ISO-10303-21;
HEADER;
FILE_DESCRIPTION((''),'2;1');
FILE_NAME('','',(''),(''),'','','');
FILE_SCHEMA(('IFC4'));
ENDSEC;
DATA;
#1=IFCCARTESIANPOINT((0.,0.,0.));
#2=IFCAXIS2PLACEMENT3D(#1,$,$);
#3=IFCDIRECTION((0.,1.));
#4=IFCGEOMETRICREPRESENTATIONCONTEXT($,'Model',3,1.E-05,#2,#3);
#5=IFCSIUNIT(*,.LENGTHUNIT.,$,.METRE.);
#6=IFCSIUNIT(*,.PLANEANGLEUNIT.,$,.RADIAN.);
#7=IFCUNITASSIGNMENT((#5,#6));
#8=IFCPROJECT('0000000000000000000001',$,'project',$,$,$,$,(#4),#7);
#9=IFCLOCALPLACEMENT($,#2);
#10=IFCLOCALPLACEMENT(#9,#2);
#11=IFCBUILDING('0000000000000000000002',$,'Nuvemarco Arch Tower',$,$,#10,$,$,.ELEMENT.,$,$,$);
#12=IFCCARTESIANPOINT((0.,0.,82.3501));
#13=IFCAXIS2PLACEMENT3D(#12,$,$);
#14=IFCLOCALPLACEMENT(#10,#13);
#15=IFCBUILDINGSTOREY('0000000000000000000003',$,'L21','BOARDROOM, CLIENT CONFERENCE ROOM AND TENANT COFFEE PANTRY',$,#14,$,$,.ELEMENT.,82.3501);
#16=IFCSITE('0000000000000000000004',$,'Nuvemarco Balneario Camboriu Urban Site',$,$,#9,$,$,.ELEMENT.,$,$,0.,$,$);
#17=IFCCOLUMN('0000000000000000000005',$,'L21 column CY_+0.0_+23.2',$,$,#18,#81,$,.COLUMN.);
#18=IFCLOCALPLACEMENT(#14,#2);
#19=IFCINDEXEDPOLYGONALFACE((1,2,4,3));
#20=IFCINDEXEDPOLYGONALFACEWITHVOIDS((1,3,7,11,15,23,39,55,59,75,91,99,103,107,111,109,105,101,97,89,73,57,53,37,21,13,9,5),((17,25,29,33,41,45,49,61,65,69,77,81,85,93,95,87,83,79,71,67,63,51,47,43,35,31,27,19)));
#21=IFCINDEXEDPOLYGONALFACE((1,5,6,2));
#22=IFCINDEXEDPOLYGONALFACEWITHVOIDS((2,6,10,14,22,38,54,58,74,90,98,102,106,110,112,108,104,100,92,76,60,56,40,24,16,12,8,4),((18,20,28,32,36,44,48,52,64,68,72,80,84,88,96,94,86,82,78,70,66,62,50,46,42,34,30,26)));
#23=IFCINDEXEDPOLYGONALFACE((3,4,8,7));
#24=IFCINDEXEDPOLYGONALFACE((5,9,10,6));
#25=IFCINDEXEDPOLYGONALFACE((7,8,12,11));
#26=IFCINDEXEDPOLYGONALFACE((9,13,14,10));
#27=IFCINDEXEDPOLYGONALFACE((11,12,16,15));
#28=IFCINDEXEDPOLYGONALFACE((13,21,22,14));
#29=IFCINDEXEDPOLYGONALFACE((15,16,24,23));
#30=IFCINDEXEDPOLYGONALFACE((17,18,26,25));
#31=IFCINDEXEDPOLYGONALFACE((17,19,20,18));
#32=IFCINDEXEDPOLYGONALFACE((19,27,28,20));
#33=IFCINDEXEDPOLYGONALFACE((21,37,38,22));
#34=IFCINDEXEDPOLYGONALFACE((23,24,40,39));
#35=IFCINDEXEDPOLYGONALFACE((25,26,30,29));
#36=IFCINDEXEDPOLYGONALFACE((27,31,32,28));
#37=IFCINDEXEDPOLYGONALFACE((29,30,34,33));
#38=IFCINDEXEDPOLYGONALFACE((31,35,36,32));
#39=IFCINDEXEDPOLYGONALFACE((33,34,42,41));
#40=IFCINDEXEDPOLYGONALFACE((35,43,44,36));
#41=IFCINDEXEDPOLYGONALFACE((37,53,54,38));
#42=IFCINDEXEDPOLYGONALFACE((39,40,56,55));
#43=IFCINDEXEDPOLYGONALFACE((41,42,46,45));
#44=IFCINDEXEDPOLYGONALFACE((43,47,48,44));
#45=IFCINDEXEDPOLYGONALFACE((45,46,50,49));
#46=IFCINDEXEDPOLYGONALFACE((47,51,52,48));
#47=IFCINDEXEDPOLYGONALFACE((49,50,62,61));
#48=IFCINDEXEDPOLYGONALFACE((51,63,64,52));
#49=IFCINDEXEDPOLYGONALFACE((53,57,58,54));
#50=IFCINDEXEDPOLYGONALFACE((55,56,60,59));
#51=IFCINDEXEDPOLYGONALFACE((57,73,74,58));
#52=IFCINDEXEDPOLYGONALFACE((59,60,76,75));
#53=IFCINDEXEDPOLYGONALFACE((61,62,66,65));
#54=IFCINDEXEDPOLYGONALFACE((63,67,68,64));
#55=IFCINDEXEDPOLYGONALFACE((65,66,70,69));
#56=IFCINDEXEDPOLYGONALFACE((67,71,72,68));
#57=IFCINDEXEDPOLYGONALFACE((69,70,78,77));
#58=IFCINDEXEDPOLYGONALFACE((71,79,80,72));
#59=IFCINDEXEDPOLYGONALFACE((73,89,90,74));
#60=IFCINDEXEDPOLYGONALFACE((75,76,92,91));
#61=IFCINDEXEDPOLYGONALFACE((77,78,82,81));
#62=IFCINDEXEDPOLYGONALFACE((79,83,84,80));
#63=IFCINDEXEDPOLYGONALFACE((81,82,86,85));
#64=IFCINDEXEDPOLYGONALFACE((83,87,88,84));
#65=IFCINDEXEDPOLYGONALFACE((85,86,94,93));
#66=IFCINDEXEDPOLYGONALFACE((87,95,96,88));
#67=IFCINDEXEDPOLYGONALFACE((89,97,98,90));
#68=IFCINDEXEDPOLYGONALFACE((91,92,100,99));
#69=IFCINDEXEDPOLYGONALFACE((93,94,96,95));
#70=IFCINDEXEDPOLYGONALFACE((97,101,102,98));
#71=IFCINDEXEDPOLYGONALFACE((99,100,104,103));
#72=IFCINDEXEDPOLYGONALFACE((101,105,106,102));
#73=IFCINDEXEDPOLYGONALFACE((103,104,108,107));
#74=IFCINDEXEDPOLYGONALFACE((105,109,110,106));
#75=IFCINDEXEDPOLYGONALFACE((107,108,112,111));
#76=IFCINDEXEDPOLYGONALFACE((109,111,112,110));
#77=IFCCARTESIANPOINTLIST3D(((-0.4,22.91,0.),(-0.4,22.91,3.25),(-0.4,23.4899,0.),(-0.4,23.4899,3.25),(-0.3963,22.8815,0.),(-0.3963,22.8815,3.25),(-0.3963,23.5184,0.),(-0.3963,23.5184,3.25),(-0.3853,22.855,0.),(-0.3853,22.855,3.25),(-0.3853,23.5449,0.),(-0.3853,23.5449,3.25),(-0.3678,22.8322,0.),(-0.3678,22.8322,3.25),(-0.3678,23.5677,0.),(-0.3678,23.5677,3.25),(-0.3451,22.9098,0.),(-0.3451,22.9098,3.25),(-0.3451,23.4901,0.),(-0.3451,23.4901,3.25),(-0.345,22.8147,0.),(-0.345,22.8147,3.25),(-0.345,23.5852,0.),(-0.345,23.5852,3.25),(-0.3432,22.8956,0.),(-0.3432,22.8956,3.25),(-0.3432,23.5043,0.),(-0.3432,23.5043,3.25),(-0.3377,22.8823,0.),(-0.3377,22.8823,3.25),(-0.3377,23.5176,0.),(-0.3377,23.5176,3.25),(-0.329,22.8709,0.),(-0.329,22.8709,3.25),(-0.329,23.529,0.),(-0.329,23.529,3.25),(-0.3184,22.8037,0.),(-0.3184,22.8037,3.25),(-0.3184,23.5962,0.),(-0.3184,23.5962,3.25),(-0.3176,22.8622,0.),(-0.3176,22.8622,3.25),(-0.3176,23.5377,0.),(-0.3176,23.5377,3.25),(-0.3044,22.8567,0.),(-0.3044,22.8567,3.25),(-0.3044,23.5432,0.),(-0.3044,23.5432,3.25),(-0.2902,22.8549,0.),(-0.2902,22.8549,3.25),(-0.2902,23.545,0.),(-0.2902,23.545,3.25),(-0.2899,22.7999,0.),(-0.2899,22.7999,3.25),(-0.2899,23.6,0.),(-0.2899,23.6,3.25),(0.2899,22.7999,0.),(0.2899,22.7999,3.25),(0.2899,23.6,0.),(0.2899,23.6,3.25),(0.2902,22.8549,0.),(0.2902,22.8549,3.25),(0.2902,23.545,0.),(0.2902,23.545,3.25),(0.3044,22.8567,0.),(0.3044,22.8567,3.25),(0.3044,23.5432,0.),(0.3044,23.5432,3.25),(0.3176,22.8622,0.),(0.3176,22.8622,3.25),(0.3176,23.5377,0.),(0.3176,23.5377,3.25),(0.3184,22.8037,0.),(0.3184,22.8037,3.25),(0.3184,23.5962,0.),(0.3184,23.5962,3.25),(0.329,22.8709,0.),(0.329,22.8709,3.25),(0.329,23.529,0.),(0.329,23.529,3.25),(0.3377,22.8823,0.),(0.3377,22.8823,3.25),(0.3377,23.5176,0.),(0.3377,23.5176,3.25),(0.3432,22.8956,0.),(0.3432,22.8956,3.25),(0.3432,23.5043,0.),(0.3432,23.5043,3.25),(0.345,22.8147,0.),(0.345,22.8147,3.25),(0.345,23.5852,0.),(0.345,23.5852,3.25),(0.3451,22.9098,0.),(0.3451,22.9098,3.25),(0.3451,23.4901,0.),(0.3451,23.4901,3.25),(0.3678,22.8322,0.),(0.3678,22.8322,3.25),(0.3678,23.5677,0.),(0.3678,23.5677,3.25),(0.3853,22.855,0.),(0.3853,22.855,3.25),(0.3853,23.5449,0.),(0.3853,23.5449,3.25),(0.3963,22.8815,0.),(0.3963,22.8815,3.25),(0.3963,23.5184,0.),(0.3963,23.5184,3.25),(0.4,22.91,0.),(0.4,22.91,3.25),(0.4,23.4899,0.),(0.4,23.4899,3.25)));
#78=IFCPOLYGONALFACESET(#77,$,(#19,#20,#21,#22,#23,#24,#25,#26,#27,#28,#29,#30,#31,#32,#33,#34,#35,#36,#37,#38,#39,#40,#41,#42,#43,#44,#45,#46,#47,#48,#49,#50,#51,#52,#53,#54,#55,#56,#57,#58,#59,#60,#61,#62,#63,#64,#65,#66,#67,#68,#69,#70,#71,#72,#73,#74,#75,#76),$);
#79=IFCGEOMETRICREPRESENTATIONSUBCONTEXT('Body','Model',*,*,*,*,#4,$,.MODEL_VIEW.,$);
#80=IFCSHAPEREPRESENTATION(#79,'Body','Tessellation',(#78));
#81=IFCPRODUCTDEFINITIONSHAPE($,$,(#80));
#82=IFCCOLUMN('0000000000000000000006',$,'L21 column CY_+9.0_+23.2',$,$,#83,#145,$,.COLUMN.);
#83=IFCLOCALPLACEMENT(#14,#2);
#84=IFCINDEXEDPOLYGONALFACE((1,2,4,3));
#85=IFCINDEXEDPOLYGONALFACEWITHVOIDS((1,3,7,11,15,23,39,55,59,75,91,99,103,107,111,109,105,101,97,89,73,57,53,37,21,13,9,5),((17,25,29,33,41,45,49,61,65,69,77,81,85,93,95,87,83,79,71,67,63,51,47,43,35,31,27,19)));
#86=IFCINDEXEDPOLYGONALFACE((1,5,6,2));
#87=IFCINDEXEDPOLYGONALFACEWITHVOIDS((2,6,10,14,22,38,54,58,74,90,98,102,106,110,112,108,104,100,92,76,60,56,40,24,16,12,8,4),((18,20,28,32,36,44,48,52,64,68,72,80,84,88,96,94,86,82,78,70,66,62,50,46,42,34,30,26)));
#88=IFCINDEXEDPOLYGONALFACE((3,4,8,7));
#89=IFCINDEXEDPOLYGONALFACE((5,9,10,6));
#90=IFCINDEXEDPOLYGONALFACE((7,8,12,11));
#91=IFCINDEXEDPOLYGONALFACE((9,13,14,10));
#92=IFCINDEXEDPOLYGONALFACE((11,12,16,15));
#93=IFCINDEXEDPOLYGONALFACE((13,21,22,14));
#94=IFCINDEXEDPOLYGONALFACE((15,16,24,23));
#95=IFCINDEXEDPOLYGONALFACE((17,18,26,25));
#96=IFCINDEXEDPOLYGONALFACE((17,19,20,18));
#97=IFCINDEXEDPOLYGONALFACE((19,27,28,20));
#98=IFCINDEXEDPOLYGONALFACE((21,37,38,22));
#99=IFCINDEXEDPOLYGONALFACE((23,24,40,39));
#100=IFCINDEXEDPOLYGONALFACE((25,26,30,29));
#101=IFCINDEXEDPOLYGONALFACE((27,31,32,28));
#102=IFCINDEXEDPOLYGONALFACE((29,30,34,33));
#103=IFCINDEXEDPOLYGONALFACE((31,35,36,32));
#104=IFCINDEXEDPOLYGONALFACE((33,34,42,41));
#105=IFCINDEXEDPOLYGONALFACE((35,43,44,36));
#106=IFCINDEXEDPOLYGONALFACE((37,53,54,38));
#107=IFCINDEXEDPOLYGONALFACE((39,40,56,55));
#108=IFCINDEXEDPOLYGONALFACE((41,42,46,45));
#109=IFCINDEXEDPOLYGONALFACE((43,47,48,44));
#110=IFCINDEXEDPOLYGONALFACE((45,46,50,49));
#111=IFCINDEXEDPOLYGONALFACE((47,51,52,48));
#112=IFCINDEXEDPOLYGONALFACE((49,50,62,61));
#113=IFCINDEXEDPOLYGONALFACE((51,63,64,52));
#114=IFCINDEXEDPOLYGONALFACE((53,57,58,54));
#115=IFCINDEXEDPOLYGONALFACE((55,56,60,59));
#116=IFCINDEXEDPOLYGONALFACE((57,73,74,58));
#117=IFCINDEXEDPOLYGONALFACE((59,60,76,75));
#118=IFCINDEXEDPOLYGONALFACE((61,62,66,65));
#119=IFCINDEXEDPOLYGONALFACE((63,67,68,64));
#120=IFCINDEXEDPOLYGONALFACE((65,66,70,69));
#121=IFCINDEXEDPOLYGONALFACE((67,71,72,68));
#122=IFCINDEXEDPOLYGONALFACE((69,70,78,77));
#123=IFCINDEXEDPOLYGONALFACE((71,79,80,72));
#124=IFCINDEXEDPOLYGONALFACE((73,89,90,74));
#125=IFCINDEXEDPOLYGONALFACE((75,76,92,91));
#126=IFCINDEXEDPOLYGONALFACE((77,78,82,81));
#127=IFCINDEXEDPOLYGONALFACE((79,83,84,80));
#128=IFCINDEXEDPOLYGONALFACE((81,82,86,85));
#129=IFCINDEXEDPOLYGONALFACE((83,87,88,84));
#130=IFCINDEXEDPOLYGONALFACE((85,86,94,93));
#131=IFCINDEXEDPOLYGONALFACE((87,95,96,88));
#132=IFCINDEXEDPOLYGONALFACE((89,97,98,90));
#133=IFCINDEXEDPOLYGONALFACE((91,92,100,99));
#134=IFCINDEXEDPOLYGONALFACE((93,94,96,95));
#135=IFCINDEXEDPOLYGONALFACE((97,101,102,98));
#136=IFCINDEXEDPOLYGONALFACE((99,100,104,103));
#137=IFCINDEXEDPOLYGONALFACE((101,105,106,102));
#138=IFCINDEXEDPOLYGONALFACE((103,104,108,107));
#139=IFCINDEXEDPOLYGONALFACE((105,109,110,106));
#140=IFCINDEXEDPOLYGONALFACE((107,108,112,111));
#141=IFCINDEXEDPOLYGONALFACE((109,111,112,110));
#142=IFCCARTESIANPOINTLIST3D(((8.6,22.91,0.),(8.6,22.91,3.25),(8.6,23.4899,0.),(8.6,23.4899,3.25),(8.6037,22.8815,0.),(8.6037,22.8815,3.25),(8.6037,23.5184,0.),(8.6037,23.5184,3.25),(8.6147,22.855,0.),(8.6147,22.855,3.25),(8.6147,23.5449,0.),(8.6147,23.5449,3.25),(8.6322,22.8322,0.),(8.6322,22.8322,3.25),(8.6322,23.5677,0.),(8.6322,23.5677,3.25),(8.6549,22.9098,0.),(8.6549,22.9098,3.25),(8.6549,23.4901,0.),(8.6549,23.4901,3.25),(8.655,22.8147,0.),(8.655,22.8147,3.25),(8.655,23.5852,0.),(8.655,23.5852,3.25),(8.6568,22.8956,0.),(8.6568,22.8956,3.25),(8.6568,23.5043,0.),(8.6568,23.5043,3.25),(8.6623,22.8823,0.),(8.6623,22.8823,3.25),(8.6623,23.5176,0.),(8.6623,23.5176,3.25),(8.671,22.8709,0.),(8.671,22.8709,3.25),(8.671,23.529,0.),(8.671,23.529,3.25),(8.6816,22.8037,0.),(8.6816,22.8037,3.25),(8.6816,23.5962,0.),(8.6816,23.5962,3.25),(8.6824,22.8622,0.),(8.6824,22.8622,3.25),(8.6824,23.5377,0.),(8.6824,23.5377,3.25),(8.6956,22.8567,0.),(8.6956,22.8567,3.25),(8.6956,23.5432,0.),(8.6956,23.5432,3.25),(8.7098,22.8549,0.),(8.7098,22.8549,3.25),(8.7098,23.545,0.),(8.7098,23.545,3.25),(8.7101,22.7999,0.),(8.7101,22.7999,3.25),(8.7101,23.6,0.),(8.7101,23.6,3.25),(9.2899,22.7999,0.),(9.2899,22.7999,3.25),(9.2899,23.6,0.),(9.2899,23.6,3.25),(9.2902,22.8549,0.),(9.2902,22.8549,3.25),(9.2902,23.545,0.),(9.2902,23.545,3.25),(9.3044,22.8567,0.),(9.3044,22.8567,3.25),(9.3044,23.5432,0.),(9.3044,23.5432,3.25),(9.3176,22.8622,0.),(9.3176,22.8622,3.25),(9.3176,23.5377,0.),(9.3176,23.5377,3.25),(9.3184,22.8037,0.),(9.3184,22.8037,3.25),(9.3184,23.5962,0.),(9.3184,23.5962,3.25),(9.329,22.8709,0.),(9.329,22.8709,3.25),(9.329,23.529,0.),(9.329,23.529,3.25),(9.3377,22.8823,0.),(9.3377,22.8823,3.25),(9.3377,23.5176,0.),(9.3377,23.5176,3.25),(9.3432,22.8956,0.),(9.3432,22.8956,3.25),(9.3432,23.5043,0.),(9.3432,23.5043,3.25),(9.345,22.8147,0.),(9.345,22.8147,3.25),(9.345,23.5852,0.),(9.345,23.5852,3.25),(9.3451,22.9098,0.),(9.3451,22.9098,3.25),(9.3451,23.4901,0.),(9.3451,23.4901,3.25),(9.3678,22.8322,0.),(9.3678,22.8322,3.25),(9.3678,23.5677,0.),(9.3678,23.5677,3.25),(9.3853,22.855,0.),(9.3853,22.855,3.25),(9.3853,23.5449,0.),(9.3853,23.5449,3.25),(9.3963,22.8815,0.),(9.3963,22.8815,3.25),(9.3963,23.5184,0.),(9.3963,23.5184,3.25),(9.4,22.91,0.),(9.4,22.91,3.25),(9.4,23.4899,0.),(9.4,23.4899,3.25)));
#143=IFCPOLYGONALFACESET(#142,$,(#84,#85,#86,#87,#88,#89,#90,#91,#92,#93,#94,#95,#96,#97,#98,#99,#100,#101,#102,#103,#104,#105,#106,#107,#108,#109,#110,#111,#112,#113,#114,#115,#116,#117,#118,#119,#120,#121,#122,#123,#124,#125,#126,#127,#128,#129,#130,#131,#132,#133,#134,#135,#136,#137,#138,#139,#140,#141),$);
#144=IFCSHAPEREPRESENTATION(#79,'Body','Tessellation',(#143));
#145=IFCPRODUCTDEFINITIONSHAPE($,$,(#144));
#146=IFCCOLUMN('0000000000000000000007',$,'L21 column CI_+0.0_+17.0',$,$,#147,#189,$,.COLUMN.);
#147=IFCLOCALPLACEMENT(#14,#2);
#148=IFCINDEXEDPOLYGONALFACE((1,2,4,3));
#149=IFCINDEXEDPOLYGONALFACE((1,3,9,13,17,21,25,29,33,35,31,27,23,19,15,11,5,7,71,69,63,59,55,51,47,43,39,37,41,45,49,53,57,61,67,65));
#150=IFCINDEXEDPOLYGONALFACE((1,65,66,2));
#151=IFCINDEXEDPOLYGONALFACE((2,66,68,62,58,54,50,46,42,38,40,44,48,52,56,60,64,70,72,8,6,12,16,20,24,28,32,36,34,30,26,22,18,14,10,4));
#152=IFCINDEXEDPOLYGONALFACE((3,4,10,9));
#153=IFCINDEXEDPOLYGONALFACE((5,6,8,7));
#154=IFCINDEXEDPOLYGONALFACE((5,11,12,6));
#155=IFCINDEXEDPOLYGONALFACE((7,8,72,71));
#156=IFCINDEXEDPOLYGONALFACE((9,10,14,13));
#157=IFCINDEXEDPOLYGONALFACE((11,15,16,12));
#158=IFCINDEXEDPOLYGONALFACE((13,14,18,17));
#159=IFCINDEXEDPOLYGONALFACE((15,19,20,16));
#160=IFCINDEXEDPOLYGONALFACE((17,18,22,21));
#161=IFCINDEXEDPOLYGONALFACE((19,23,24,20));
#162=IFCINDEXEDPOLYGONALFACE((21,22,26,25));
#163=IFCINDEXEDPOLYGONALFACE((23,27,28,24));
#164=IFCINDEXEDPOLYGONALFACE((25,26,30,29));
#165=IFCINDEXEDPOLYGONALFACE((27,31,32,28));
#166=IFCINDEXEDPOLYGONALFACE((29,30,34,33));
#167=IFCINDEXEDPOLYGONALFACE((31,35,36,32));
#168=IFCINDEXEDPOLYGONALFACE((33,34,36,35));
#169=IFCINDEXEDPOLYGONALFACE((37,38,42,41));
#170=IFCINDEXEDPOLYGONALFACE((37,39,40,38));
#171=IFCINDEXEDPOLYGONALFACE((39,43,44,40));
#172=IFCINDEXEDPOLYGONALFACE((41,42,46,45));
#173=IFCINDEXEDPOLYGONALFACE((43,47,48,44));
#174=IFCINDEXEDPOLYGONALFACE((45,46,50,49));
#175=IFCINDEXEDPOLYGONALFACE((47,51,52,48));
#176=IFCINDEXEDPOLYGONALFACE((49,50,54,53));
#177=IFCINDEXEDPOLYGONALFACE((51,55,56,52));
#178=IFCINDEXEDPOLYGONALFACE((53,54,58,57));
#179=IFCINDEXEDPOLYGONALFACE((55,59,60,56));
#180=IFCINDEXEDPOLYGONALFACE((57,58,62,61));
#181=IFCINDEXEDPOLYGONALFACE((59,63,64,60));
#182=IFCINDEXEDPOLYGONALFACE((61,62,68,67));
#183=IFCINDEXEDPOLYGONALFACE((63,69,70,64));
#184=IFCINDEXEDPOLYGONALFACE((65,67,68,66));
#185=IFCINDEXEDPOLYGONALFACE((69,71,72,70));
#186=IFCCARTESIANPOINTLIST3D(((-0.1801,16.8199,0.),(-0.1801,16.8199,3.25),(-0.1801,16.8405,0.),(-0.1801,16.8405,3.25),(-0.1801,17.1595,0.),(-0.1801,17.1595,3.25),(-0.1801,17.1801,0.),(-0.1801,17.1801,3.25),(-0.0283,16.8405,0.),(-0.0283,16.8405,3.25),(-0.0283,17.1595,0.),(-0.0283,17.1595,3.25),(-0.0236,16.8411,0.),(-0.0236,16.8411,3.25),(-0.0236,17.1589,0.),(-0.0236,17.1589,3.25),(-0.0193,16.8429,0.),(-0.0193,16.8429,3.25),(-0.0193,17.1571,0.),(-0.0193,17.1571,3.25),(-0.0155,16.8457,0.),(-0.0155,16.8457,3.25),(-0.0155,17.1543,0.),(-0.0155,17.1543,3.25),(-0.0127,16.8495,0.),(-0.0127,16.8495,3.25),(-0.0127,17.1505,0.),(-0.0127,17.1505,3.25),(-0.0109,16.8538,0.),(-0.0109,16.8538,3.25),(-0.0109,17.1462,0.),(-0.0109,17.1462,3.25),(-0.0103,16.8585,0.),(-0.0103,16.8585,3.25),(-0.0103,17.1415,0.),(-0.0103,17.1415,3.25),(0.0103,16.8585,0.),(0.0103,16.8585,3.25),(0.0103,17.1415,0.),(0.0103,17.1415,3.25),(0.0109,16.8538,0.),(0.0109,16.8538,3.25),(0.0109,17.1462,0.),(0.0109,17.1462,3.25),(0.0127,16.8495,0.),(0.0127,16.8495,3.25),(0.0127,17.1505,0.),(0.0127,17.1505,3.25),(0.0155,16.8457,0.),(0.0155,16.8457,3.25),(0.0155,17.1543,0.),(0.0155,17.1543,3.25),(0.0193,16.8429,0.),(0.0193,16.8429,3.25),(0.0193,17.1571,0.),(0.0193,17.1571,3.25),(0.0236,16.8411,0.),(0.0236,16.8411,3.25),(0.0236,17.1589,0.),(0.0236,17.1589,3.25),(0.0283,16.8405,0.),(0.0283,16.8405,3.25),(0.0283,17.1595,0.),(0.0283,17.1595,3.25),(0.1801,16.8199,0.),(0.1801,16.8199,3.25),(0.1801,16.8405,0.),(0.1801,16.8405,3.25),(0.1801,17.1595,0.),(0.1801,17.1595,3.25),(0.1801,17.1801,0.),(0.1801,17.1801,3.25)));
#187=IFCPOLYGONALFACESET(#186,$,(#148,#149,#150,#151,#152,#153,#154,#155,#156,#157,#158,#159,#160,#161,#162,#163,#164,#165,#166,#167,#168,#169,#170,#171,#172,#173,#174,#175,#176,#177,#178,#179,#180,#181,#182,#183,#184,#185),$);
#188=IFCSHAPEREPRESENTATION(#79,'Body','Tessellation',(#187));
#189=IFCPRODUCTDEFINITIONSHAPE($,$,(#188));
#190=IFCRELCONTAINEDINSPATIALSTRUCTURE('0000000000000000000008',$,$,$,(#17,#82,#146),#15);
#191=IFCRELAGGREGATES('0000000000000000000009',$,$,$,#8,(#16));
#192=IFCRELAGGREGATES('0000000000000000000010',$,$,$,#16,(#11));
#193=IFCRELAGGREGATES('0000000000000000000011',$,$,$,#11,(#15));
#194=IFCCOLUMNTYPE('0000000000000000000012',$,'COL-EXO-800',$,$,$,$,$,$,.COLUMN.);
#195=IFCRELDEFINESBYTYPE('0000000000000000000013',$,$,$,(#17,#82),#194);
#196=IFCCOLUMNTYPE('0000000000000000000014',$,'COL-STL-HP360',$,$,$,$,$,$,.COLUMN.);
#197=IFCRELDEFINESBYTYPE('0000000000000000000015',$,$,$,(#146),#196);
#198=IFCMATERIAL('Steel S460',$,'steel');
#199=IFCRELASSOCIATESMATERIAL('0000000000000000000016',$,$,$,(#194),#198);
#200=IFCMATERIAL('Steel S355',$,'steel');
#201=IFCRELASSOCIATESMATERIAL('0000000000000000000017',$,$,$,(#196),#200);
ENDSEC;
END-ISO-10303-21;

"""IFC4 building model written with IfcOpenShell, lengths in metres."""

from ifc_helpers import new_model, si_unit, direction, frame, origin, origin_2d, place, context, subcontext, project, spatial, hollow_rectangle, i_section, extrude, material, material_profile, profile_set, type_object, element, save


model = new_model("IFC4")

# Units and contexts
model_context = context("Model", 3, precision=1e-05, world=origin(), true_north=direction((0.0, 1.0)))
body_context = subcontext(model_context, "Body", "Model", "MODEL_VIEW")
ifc_project = project(units=[si_unit("LENGTHUNIT", "METRE"), si_unit("PLANEANGLEUNIT", "RADIAN")], contexts=[model_context])

# Site, building, storey
site_placement = place(None, origin())
site = spatial("IfcSite", under=ifc_project, at=site_placement, Name="Nuvemarco Balneario Camboriu Urban Site", CompositionType="ELEMENT", RefElevation=0.0)
building_placement = place(site_placement, origin())
building = spatial("IfcBuilding", under=site, at=building_placement, Name="Nuvemarco Arch Tower", CompositionType="ELEMENT")
storey_placement = place(building_placement, frame((0.0, 0.0, 82.3501)))
storey = spatial("IfcBuildingStorey", under=building, at=storey_placement, Name="L21", Description="BOARDROOM, CLIENT CONFERENCE ROOM AND TENANT COFFEE PANTRY", CompositionType="ELEMENT", Elevation=82.3501)

# Columns
ifc_material_1 = material(Name="Steel S460", Category="steel")
ifc_material_profile_1 = material_profile(ifc_material_1, hollow_rectangle(XDim=0.8, YDim=0.8, WallThickness=0.0549, InnerFilletRadius=0.0549, OuterFilletRadius=0.1101, at=origin_2d()), Name="SHS800x800x55")
ifc_profile_set_1 = profile_set([ifc_material_profile_1], Name="Steel S460")
column_type_1 = type_object("IfcColumnType", Name="COL-EXO-800", PredefinedType="COLUMN", material=ifc_profile_set_1)
for number, where, z_axis, x_axis, name in (
    (1, (0.0, 23.2, 0.0), (0.0, 0.0, 1.0), (1.0, 0.0, 0.0), "L21 column CY_+0.0_+23.2"),
    (2, (9.0, 23.2, 0.0), (0.0, 0.0, 1.0), (1.0, 0.0, 0.0), "L21 column CY_+9.0_+23.2"),
):
    element("IfcColumn", number, at=place(storey_placement, frame(where, z_axis=z_axis, x_axis=x_axis)), inside=storey, type_object=column_type_1, Name=name, PredefinedType="COLUMN", context=body_context, shape_type="SweptSolid", body=[
        extrude(hollow_rectangle(XDim=0.8, YDim=0.8, WallThickness=0.0549, InnerFilletRadius=0.0549, OuterFilletRadius=0.1101, at=origin_2d()), origin(), (0.0, 0.0, 1.0), 3.25),
    ])
ifc_material_2 = material(Name="Steel S355", Category="steel")
ifc_material_profile_2 = material_profile(ifc_material_2, i_section(OverallWidth=0.3601, OverallDepth=0.3601, WebThickness=0.0205, FlangeThickness=0.0205, FilletRadius=0.0181, at=origin_2d()), Name="HP360x174")
ifc_profile_set_2 = profile_set([ifc_material_profile_2], Name="Steel S355")
column_type_2 = type_object("IfcColumnType", Name="COL-STL-HP360", PredefinedType="COLUMN", material=ifc_profile_set_2)
for number, where, z_axis, x_axis, name in (
    (3, (0.0, 17.0, 0.0), (0.0, 0.0, 1.0), (1.0, 0.0, 0.0), "L21 column CI_+0.0_+17.0"),
):
    element("IfcColumn", number, at=place(storey_placement, frame(where, z_axis=z_axis, x_axis=x_axis)), inside=storey, type_object=column_type_2, Name=name, PredefinedType="COLUMN", context=body_context, shape_type="SweptSolid", body=[
        extrude(i_section(OverallWidth=0.3601, OverallDepth=0.3601, WebThickness=0.0205, FlangeThickness=0.0205, FilletRadius=0.0181, at=origin_2d()), origin(), (0.0, 0.0, 1.0), 3.25),
    ])

save(model, "model.ifc")
